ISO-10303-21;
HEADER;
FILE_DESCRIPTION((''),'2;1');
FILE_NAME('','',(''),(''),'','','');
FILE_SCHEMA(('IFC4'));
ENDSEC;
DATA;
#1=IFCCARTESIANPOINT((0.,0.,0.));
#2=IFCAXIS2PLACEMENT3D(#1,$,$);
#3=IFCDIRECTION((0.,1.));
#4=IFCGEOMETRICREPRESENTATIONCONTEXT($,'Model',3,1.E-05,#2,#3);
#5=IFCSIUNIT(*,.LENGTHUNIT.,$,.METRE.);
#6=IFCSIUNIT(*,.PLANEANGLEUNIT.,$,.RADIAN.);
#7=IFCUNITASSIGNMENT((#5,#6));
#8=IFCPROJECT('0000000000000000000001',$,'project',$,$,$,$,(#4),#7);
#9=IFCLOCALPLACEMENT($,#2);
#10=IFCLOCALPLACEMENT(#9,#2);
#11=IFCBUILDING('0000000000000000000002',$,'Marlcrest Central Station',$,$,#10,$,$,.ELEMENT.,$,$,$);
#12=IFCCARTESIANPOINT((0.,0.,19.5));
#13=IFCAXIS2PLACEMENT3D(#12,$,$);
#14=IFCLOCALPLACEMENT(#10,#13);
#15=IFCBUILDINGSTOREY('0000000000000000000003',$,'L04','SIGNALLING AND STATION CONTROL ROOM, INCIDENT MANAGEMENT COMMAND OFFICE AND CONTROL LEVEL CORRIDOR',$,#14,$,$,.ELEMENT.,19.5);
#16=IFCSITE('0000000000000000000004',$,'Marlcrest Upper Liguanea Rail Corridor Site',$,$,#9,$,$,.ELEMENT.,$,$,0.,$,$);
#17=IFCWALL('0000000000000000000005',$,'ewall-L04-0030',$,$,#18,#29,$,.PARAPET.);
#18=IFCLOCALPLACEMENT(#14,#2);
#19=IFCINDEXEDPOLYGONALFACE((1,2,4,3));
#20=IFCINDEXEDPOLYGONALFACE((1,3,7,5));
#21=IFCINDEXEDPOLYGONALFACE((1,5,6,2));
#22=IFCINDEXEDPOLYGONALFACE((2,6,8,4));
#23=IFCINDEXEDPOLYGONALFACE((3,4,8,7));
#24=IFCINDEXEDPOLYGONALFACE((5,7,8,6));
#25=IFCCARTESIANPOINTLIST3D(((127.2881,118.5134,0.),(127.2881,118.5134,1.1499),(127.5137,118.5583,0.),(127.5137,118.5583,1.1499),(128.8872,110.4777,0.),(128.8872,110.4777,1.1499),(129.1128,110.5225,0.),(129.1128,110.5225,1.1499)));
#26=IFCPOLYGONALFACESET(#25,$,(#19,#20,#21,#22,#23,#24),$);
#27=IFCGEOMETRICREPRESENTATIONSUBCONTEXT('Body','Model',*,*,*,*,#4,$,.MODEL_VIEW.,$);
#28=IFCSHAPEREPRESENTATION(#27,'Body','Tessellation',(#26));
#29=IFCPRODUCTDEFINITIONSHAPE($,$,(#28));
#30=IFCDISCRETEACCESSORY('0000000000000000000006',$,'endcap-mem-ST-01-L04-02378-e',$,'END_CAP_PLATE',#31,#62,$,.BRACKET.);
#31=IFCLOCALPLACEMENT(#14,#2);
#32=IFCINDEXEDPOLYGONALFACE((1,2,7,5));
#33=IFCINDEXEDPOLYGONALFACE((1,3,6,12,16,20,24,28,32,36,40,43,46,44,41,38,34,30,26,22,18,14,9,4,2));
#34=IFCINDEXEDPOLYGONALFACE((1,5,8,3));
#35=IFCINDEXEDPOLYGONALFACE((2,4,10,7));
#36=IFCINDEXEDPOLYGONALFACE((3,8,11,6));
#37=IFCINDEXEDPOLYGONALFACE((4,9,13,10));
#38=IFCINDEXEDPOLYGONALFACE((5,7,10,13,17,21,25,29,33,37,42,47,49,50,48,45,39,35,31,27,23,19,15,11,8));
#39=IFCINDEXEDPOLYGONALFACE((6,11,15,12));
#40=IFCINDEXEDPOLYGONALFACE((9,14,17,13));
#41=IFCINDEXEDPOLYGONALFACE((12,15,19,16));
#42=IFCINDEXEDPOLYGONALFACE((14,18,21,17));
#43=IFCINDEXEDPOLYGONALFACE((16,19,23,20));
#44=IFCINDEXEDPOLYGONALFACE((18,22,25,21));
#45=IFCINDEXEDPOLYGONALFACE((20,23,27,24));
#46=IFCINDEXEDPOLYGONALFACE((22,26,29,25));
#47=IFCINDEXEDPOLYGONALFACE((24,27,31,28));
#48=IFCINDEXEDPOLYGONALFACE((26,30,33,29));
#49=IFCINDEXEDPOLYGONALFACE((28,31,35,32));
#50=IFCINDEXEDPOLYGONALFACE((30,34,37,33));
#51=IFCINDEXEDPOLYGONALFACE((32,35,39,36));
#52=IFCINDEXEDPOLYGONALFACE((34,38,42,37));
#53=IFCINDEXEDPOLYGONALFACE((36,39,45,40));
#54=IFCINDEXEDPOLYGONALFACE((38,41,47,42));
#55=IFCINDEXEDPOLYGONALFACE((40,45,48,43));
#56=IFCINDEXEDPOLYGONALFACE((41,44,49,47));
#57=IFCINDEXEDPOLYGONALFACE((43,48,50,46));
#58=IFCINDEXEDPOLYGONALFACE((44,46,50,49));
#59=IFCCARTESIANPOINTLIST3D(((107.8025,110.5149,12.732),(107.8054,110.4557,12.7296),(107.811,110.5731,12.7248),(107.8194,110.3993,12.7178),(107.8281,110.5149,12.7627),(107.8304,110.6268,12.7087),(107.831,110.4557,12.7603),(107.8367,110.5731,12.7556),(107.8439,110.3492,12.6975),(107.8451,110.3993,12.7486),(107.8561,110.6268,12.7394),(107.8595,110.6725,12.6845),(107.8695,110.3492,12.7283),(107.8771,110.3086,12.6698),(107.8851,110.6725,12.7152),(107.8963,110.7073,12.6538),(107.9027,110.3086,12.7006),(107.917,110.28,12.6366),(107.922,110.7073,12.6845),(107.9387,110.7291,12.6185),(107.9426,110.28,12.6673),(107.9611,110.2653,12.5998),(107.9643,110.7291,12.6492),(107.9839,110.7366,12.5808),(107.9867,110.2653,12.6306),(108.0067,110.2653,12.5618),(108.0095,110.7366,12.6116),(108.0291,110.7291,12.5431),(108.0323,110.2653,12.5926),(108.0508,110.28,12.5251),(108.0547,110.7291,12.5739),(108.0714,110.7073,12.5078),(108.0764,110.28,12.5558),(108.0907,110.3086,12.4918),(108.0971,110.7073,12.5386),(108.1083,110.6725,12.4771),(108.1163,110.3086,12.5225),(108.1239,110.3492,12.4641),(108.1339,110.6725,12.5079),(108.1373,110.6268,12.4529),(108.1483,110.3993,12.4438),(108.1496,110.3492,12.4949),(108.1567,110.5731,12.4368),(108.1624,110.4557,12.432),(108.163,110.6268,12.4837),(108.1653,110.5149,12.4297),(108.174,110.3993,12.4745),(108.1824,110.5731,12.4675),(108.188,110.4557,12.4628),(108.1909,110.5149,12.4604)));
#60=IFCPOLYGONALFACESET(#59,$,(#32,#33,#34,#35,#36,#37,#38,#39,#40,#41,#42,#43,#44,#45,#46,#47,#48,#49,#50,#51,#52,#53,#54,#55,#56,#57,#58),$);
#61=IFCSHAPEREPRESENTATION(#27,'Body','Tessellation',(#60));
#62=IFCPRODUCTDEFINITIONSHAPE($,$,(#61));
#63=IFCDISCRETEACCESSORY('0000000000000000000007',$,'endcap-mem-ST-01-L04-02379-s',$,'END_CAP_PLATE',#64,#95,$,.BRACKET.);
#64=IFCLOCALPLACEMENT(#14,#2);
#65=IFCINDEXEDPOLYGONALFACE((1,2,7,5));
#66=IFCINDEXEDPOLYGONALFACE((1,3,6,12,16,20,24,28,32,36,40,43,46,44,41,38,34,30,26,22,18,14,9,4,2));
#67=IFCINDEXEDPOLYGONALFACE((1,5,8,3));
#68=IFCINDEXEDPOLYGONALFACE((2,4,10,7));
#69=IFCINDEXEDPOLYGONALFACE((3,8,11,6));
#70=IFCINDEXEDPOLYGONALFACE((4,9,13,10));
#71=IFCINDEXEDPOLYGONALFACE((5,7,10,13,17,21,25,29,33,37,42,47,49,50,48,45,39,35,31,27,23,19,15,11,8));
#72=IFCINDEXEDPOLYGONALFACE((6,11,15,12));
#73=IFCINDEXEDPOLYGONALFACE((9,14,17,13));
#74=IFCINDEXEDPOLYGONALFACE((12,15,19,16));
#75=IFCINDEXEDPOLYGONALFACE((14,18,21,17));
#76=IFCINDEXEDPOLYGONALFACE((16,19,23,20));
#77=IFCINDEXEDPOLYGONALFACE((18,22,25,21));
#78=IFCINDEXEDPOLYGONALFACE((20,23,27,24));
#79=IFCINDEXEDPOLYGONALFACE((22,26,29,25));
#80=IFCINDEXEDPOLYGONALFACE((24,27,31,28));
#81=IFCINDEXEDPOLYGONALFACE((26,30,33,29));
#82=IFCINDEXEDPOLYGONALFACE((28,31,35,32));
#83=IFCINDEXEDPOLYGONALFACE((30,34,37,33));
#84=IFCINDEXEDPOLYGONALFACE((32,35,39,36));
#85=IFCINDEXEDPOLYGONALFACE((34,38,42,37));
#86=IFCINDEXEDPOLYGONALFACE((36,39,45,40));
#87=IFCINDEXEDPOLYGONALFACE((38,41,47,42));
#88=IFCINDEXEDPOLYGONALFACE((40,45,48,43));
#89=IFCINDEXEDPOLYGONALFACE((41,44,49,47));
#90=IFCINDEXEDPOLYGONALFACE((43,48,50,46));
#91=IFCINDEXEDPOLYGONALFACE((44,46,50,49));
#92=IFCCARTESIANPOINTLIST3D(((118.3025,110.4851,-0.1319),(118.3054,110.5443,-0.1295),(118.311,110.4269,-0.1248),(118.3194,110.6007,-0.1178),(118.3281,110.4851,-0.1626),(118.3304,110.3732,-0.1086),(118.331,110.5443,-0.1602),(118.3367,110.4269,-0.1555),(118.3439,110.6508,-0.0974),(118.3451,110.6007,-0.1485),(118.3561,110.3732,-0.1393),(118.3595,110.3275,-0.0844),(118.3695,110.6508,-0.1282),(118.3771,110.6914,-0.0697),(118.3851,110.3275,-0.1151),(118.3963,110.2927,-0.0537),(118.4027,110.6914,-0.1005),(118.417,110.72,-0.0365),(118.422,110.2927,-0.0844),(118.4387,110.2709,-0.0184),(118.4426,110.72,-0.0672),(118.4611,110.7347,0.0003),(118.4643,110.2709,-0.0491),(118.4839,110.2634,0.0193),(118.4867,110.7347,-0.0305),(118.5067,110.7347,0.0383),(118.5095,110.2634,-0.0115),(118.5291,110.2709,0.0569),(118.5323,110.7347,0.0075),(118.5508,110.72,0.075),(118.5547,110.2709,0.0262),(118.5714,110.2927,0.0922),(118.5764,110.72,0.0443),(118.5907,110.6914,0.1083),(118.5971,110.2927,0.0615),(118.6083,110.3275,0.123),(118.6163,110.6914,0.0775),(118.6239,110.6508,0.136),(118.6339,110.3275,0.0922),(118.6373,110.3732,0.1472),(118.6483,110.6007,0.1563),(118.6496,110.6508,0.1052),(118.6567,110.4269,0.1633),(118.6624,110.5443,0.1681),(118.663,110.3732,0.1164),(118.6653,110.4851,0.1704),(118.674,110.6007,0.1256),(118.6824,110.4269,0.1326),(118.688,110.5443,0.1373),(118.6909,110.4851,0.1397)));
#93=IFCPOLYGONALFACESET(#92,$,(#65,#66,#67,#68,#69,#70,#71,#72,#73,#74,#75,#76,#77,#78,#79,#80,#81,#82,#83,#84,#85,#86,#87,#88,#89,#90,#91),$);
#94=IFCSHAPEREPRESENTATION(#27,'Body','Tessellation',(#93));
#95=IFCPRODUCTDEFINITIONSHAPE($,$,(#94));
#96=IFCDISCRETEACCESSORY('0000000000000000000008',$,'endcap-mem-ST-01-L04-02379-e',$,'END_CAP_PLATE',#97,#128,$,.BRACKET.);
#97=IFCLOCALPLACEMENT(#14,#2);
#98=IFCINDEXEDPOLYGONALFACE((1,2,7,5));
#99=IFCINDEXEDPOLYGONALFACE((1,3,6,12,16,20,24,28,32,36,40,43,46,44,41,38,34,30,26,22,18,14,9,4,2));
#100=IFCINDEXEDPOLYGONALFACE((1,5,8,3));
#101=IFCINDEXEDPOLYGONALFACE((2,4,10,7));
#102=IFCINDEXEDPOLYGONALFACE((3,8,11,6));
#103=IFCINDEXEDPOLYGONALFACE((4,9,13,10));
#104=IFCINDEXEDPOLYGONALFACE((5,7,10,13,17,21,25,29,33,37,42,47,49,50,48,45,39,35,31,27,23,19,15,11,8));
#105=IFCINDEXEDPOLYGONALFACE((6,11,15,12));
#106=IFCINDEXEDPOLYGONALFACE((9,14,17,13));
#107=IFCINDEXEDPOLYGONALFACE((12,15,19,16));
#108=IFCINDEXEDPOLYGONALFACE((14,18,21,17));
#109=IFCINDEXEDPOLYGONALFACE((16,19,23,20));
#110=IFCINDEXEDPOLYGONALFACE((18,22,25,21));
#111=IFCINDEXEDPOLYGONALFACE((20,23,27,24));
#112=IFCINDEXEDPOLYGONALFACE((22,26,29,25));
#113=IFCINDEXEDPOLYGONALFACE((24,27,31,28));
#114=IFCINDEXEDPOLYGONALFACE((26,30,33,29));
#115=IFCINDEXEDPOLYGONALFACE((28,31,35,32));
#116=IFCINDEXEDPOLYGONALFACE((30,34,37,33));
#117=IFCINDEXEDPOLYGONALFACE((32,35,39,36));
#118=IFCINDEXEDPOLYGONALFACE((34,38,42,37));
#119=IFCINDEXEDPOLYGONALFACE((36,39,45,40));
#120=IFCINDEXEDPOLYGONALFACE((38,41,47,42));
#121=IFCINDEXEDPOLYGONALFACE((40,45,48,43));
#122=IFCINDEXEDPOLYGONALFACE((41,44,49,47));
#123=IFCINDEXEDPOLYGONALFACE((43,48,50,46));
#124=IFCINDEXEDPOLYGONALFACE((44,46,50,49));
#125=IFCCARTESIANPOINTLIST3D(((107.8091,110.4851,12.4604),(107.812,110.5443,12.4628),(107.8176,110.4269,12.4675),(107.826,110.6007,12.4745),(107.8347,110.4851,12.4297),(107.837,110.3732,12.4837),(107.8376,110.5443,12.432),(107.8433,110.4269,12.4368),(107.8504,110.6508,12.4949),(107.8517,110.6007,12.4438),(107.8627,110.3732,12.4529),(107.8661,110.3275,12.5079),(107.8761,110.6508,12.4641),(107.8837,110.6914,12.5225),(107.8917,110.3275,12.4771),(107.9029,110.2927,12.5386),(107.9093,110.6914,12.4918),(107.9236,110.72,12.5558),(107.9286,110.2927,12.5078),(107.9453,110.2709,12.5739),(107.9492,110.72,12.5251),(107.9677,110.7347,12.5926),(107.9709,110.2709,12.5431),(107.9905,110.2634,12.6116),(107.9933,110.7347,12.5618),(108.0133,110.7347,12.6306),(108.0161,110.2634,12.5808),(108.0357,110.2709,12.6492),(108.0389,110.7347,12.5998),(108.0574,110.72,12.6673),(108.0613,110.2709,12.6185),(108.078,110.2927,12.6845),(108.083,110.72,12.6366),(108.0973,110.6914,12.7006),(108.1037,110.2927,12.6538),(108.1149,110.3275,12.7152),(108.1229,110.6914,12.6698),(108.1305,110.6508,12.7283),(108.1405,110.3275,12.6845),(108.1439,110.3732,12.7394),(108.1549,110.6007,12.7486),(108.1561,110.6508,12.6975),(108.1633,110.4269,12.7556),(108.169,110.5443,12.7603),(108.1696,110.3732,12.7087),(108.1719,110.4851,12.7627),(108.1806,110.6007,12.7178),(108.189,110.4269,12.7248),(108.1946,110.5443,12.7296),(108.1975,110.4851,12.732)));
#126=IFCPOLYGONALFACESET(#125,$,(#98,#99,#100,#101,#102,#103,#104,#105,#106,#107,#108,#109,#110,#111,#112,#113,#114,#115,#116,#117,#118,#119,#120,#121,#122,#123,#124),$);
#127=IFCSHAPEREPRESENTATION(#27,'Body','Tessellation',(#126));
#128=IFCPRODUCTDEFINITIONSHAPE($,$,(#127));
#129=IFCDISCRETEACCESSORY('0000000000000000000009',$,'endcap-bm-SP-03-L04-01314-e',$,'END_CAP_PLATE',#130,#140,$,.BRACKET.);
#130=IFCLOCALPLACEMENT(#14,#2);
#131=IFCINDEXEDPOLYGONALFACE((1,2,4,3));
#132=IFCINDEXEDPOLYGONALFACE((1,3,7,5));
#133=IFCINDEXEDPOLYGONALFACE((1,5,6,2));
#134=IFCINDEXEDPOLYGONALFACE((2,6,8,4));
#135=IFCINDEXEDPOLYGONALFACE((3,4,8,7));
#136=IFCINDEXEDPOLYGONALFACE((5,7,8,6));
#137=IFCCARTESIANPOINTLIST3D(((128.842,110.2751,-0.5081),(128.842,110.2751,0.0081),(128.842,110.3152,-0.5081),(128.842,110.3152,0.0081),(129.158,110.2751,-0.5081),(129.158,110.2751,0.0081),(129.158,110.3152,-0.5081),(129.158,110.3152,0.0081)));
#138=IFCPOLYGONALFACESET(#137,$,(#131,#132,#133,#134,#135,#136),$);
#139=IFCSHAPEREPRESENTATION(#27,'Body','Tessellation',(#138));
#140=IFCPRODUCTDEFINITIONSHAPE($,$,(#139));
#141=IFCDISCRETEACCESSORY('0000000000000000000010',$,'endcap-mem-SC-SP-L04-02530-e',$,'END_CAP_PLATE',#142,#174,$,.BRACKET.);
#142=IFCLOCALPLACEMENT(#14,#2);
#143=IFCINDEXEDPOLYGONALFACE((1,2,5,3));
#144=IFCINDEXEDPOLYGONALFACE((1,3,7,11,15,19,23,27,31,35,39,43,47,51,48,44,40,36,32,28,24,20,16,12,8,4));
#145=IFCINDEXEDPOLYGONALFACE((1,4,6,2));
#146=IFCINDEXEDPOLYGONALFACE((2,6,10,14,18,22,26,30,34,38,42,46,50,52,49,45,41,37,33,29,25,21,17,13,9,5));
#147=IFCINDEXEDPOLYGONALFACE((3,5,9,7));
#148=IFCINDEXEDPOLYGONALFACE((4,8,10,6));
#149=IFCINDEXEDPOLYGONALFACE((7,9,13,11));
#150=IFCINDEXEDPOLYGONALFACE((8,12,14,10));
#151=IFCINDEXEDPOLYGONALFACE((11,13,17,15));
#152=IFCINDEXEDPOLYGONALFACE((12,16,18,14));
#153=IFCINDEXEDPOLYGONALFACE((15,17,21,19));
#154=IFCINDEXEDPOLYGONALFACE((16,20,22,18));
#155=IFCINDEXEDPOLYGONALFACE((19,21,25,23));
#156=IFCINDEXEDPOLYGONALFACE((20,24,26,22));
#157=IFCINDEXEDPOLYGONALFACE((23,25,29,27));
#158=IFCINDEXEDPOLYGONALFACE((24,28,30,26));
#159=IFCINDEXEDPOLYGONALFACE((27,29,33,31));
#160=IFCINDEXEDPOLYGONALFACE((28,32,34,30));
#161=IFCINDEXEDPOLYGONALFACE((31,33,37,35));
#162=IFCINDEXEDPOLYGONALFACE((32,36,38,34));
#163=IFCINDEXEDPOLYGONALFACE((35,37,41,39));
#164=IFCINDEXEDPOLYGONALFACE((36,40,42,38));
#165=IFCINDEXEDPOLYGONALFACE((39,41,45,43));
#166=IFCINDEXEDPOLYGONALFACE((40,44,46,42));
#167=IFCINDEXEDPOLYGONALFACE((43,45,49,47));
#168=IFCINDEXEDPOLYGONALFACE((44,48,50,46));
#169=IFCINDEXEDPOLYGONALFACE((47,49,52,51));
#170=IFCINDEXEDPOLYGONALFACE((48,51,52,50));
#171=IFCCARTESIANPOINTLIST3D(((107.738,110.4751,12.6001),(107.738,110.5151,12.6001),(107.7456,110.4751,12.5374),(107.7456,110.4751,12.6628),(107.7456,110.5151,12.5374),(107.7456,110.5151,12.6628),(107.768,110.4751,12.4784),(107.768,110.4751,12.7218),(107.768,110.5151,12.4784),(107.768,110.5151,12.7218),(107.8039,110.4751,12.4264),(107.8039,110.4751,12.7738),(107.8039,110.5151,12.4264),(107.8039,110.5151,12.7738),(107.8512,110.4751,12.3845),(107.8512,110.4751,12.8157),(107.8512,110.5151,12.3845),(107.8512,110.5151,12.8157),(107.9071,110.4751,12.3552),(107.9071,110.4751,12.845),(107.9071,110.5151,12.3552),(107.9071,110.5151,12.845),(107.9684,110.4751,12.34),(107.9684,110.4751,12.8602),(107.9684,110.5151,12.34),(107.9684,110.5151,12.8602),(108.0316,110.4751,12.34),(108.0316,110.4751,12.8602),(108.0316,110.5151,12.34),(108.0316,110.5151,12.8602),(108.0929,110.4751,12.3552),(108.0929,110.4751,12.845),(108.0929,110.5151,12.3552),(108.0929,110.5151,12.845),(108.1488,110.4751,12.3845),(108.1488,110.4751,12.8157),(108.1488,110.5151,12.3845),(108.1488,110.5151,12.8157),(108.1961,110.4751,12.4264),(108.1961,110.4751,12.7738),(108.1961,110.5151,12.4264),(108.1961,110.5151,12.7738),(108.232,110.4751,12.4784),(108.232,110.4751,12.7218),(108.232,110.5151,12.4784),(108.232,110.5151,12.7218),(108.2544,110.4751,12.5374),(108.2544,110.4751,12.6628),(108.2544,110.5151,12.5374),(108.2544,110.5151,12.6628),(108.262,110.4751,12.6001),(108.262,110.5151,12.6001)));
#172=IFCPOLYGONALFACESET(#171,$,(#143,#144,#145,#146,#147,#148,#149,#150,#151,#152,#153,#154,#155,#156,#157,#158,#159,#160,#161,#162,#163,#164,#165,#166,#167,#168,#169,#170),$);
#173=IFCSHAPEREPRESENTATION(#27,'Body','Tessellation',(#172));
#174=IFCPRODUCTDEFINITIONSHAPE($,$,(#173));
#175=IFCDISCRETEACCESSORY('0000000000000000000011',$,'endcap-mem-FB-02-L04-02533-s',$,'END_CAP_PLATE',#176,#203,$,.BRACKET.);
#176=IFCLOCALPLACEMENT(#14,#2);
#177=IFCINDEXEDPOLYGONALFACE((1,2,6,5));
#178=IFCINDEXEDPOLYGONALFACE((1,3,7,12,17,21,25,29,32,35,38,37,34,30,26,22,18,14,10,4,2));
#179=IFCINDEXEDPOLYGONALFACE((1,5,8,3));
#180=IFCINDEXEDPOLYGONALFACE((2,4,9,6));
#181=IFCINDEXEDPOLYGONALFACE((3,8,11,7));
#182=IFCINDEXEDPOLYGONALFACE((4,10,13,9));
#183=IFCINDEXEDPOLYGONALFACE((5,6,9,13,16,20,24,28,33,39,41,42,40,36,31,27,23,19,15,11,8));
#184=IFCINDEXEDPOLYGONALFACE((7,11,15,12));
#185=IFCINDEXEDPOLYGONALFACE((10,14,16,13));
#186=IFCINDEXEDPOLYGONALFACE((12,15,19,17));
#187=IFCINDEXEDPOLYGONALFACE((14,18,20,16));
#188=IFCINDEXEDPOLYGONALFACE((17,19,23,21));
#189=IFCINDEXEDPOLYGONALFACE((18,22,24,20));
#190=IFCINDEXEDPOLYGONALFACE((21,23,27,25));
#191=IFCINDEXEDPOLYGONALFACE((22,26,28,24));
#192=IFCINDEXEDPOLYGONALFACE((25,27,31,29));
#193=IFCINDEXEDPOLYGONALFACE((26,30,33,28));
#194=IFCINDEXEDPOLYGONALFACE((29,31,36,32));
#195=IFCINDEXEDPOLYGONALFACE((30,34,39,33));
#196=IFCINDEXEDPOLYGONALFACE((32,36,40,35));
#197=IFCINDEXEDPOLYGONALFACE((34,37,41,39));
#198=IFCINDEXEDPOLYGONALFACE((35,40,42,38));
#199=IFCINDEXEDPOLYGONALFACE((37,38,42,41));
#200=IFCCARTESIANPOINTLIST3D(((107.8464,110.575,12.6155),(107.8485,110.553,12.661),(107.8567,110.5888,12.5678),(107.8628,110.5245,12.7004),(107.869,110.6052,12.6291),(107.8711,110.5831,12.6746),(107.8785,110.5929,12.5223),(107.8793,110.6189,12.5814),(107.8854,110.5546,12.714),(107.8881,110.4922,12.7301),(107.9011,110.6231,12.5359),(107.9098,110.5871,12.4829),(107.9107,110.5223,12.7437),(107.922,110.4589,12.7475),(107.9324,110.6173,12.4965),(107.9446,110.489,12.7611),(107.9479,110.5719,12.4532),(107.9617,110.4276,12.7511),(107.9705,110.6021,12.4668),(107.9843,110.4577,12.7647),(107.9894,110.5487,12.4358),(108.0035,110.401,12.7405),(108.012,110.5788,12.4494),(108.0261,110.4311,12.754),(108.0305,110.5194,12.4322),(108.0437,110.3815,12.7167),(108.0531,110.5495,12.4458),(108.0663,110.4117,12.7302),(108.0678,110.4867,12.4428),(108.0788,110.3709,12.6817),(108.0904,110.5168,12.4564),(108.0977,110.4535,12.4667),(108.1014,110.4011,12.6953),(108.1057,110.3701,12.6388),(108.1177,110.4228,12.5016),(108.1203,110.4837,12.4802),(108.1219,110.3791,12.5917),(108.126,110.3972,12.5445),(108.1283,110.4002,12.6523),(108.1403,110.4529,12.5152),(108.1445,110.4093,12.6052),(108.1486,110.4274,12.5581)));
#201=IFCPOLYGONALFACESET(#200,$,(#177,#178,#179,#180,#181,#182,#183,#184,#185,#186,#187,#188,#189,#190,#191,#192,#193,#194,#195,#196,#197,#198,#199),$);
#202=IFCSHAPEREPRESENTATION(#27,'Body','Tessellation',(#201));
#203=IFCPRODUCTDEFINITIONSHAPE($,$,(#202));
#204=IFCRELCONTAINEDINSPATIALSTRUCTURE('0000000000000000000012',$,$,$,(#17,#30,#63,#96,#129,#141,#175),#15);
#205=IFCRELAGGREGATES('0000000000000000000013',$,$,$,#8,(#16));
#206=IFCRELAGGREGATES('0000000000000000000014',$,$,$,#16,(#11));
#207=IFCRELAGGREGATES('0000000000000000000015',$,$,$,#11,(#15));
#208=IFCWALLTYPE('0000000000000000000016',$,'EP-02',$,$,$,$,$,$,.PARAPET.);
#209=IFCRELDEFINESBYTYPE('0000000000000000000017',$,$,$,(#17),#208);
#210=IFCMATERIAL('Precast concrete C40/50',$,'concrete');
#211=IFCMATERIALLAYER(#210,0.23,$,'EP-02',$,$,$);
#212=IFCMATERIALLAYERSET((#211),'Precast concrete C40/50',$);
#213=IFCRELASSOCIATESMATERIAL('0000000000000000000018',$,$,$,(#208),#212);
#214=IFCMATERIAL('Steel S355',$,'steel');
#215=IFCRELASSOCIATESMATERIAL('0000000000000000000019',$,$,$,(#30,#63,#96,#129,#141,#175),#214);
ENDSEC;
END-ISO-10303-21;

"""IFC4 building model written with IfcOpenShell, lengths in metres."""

from ifc_helpers import new_model, si_unit, direction, frame, frame_2d, origin, origin_2d, place, context, subcontext, project, spatial, rectangle, circle, extrude, material, layer, layer_set, type_object, element, save


model = new_model("IFC4")

# Units and contexts
model_context = context("Model", 3, precision=1e-05, world=origin(), true_north=direction((0.0, 1.0)))
body_context = subcontext(model_context, "Body", "Model", "MODEL_VIEW")
ifc_project = project(units=[si_unit("LENGTHUNIT", "METRE"), si_unit("PLANEANGLEUNIT", "RADIAN")], contexts=[model_context])

# Site, building, storey
site_placement = place(None, origin())
site = spatial("IfcSite", under=ifc_project, at=site_placement, Name="Marlcrest Upper Liguanea Rail Corridor Site", CompositionType="ELEMENT", RefElevation=0.0)
building_placement = place(site_placement, origin())
building = spatial("IfcBuilding", under=site, at=building_placement, Name="Marlcrest Central Station", CompositionType="ELEMENT")
storey_placement = place(building_placement, frame((0.0, 0.0, 19.5)))
storey = spatial("IfcBuildingStorey", under=building, at=storey_placement, Name="L04", Description="SIGNALLING AND STATION CONTROL ROOM, INCIDENT MANAGEMENT COMMAND OFFICE AND CONTROL LEVEL CORRIDOR", CompositionType="ELEMENT", Elevation=19.5)

# Wall
ifc_material_1 = material(Name="Precast concrete C40/50", Category="concrete")
ifc_layer_1 = layer(ifc_material_1, 0.23, Name="EP-02")
ifc_layer_set_1 = layer_set([ifc_layer_1], Name="Precast concrete C40/50")
wall_type = type_object("IfcWallType", Name="EP-02", PredefinedType="PARAPET", material=ifc_layer_set_1)
wall_1_placement = place(storey_placement, frame((127.4009, 118.5359, 0.0), z_axis=(0.0, 0.0, 1.0), x_axis=(0.195171, -0.980769, 0.0)))
element("IfcWall", 1, at=wall_1_placement, inside=storey, type_object=wall_type, Name="ewall-L04-0030", PredefinedType="PARAPET", context=body_context, shape_type="SweptSolid", body=[
    extrude(rectangle(XDim=8.1934, YDim=0.23, at=frame_2d((4.0967, 0.0))), origin(), (0.0, 0.0, 1.0), 1.1499),
])

# Discrete accessories
ifc_material_2 = material(Name="Steel S355", Category="steel")
for number, where, z_axis, x_axis, name in (
    (2, (107.9839, 110.5, 12.5808), (0.640181, 0.0, 0.768224), (0.0, 1.0, 0.0), "endcap-mem-ST-01-L04-02378-e"),
    (3, (118.5095, 110.5, -0.0115), (-0.640181, 0.0, 0.768224), (0.0, -1.0, 0.0), "endcap-mem-ST-01-L04-02379-s"),
    (4, (108.0161, 110.5, 12.5808), (-0.640181, 0.0, 0.768224), (0.0, -1.0, 0.0), "endcap-mem-ST-01-L04-02379-e"),
):
    element("IfcDiscreteAccessory", number, at=place(storey_placement, frame(where, z_axis=z_axis, x_axis=x_axis)), inside=storey, material=ifc_material_2, Name=name, ObjectType="END_CAP_PLATE", PredefinedType="BRACKET", context=body_context, shape_type="SweptSolid", body=[
        extrude(circle(Radius=0.2366, at=origin_2d()), origin(), (0.0, 0.0, 1.0), 0.04),
    ])
discrete_accessory_1_placement = place(storey_placement, frame((129.0, 110.2751, -0.25), z_axis=(0.0, 1.0, 0.0), x_axis=(-1.0, 0.0, 0.0)))
element("IfcDiscreteAccessory", 5, at=discrete_accessory_1_placement, inside=storey, material=ifc_material_2, Name="endcap-bm-SP-03-L04-01314-e", ObjectType="END_CAP_PLATE", PredefinedType="BRACKET", context=body_context, shape_type="SweptSolid", body=[
    extrude(rectangle(XDim=0.3159, YDim=0.5161, at=origin_2d()), origin(), (0.0, 0.0, 1.0), 0.04),
])
discrete_accessory_2_placement = place(storey_placement, frame((108.0, 110.4751, 12.6001), z_axis=(0.0, 1.0, 0.0), x_axis=(-1.0, 0.0, 0.0)))
element("IfcDiscreteAccessory", 6, at=discrete_accessory_2_placement, inside=storey, material=ifc_material_2, Name="endcap-mem-SC-SP-L04-02530-e", ObjectType="END_CAP_PLATE", PredefinedType="BRACKET", context=body_context, shape_type="SweptSolid", body=[
    extrude(circle(Radius=0.262, at=origin_2d()), origin(), (0.0, 0.0, 1.0), 0.04),
])
for number, where, z_axis, x_axis, name in (
    (7, (108.0085, 110.5112, 12.6052), (-0.564531, -0.752708, -0.338728), (0.8, -0.6, 0.0), "endcap-mem-FB-02-L04-02533-s"),
):
    element("IfcDiscreteAccessory", number, at=place(storey_placement, frame(where, z_axis=z_axis, x_axis=x_axis)), inside=storey, material=ifc_material_2, Name=name, ObjectType="END_CAP_PLATE", PredefinedType="BRACKET", context=body_context, shape_type="SweptSolid", body=[
        extrude(circle(Radius=0.1699, at=origin_2d()), origin(), (0.0, 0.0, 1.0), 0.04),
    ])

save(model, "model.ifc")
